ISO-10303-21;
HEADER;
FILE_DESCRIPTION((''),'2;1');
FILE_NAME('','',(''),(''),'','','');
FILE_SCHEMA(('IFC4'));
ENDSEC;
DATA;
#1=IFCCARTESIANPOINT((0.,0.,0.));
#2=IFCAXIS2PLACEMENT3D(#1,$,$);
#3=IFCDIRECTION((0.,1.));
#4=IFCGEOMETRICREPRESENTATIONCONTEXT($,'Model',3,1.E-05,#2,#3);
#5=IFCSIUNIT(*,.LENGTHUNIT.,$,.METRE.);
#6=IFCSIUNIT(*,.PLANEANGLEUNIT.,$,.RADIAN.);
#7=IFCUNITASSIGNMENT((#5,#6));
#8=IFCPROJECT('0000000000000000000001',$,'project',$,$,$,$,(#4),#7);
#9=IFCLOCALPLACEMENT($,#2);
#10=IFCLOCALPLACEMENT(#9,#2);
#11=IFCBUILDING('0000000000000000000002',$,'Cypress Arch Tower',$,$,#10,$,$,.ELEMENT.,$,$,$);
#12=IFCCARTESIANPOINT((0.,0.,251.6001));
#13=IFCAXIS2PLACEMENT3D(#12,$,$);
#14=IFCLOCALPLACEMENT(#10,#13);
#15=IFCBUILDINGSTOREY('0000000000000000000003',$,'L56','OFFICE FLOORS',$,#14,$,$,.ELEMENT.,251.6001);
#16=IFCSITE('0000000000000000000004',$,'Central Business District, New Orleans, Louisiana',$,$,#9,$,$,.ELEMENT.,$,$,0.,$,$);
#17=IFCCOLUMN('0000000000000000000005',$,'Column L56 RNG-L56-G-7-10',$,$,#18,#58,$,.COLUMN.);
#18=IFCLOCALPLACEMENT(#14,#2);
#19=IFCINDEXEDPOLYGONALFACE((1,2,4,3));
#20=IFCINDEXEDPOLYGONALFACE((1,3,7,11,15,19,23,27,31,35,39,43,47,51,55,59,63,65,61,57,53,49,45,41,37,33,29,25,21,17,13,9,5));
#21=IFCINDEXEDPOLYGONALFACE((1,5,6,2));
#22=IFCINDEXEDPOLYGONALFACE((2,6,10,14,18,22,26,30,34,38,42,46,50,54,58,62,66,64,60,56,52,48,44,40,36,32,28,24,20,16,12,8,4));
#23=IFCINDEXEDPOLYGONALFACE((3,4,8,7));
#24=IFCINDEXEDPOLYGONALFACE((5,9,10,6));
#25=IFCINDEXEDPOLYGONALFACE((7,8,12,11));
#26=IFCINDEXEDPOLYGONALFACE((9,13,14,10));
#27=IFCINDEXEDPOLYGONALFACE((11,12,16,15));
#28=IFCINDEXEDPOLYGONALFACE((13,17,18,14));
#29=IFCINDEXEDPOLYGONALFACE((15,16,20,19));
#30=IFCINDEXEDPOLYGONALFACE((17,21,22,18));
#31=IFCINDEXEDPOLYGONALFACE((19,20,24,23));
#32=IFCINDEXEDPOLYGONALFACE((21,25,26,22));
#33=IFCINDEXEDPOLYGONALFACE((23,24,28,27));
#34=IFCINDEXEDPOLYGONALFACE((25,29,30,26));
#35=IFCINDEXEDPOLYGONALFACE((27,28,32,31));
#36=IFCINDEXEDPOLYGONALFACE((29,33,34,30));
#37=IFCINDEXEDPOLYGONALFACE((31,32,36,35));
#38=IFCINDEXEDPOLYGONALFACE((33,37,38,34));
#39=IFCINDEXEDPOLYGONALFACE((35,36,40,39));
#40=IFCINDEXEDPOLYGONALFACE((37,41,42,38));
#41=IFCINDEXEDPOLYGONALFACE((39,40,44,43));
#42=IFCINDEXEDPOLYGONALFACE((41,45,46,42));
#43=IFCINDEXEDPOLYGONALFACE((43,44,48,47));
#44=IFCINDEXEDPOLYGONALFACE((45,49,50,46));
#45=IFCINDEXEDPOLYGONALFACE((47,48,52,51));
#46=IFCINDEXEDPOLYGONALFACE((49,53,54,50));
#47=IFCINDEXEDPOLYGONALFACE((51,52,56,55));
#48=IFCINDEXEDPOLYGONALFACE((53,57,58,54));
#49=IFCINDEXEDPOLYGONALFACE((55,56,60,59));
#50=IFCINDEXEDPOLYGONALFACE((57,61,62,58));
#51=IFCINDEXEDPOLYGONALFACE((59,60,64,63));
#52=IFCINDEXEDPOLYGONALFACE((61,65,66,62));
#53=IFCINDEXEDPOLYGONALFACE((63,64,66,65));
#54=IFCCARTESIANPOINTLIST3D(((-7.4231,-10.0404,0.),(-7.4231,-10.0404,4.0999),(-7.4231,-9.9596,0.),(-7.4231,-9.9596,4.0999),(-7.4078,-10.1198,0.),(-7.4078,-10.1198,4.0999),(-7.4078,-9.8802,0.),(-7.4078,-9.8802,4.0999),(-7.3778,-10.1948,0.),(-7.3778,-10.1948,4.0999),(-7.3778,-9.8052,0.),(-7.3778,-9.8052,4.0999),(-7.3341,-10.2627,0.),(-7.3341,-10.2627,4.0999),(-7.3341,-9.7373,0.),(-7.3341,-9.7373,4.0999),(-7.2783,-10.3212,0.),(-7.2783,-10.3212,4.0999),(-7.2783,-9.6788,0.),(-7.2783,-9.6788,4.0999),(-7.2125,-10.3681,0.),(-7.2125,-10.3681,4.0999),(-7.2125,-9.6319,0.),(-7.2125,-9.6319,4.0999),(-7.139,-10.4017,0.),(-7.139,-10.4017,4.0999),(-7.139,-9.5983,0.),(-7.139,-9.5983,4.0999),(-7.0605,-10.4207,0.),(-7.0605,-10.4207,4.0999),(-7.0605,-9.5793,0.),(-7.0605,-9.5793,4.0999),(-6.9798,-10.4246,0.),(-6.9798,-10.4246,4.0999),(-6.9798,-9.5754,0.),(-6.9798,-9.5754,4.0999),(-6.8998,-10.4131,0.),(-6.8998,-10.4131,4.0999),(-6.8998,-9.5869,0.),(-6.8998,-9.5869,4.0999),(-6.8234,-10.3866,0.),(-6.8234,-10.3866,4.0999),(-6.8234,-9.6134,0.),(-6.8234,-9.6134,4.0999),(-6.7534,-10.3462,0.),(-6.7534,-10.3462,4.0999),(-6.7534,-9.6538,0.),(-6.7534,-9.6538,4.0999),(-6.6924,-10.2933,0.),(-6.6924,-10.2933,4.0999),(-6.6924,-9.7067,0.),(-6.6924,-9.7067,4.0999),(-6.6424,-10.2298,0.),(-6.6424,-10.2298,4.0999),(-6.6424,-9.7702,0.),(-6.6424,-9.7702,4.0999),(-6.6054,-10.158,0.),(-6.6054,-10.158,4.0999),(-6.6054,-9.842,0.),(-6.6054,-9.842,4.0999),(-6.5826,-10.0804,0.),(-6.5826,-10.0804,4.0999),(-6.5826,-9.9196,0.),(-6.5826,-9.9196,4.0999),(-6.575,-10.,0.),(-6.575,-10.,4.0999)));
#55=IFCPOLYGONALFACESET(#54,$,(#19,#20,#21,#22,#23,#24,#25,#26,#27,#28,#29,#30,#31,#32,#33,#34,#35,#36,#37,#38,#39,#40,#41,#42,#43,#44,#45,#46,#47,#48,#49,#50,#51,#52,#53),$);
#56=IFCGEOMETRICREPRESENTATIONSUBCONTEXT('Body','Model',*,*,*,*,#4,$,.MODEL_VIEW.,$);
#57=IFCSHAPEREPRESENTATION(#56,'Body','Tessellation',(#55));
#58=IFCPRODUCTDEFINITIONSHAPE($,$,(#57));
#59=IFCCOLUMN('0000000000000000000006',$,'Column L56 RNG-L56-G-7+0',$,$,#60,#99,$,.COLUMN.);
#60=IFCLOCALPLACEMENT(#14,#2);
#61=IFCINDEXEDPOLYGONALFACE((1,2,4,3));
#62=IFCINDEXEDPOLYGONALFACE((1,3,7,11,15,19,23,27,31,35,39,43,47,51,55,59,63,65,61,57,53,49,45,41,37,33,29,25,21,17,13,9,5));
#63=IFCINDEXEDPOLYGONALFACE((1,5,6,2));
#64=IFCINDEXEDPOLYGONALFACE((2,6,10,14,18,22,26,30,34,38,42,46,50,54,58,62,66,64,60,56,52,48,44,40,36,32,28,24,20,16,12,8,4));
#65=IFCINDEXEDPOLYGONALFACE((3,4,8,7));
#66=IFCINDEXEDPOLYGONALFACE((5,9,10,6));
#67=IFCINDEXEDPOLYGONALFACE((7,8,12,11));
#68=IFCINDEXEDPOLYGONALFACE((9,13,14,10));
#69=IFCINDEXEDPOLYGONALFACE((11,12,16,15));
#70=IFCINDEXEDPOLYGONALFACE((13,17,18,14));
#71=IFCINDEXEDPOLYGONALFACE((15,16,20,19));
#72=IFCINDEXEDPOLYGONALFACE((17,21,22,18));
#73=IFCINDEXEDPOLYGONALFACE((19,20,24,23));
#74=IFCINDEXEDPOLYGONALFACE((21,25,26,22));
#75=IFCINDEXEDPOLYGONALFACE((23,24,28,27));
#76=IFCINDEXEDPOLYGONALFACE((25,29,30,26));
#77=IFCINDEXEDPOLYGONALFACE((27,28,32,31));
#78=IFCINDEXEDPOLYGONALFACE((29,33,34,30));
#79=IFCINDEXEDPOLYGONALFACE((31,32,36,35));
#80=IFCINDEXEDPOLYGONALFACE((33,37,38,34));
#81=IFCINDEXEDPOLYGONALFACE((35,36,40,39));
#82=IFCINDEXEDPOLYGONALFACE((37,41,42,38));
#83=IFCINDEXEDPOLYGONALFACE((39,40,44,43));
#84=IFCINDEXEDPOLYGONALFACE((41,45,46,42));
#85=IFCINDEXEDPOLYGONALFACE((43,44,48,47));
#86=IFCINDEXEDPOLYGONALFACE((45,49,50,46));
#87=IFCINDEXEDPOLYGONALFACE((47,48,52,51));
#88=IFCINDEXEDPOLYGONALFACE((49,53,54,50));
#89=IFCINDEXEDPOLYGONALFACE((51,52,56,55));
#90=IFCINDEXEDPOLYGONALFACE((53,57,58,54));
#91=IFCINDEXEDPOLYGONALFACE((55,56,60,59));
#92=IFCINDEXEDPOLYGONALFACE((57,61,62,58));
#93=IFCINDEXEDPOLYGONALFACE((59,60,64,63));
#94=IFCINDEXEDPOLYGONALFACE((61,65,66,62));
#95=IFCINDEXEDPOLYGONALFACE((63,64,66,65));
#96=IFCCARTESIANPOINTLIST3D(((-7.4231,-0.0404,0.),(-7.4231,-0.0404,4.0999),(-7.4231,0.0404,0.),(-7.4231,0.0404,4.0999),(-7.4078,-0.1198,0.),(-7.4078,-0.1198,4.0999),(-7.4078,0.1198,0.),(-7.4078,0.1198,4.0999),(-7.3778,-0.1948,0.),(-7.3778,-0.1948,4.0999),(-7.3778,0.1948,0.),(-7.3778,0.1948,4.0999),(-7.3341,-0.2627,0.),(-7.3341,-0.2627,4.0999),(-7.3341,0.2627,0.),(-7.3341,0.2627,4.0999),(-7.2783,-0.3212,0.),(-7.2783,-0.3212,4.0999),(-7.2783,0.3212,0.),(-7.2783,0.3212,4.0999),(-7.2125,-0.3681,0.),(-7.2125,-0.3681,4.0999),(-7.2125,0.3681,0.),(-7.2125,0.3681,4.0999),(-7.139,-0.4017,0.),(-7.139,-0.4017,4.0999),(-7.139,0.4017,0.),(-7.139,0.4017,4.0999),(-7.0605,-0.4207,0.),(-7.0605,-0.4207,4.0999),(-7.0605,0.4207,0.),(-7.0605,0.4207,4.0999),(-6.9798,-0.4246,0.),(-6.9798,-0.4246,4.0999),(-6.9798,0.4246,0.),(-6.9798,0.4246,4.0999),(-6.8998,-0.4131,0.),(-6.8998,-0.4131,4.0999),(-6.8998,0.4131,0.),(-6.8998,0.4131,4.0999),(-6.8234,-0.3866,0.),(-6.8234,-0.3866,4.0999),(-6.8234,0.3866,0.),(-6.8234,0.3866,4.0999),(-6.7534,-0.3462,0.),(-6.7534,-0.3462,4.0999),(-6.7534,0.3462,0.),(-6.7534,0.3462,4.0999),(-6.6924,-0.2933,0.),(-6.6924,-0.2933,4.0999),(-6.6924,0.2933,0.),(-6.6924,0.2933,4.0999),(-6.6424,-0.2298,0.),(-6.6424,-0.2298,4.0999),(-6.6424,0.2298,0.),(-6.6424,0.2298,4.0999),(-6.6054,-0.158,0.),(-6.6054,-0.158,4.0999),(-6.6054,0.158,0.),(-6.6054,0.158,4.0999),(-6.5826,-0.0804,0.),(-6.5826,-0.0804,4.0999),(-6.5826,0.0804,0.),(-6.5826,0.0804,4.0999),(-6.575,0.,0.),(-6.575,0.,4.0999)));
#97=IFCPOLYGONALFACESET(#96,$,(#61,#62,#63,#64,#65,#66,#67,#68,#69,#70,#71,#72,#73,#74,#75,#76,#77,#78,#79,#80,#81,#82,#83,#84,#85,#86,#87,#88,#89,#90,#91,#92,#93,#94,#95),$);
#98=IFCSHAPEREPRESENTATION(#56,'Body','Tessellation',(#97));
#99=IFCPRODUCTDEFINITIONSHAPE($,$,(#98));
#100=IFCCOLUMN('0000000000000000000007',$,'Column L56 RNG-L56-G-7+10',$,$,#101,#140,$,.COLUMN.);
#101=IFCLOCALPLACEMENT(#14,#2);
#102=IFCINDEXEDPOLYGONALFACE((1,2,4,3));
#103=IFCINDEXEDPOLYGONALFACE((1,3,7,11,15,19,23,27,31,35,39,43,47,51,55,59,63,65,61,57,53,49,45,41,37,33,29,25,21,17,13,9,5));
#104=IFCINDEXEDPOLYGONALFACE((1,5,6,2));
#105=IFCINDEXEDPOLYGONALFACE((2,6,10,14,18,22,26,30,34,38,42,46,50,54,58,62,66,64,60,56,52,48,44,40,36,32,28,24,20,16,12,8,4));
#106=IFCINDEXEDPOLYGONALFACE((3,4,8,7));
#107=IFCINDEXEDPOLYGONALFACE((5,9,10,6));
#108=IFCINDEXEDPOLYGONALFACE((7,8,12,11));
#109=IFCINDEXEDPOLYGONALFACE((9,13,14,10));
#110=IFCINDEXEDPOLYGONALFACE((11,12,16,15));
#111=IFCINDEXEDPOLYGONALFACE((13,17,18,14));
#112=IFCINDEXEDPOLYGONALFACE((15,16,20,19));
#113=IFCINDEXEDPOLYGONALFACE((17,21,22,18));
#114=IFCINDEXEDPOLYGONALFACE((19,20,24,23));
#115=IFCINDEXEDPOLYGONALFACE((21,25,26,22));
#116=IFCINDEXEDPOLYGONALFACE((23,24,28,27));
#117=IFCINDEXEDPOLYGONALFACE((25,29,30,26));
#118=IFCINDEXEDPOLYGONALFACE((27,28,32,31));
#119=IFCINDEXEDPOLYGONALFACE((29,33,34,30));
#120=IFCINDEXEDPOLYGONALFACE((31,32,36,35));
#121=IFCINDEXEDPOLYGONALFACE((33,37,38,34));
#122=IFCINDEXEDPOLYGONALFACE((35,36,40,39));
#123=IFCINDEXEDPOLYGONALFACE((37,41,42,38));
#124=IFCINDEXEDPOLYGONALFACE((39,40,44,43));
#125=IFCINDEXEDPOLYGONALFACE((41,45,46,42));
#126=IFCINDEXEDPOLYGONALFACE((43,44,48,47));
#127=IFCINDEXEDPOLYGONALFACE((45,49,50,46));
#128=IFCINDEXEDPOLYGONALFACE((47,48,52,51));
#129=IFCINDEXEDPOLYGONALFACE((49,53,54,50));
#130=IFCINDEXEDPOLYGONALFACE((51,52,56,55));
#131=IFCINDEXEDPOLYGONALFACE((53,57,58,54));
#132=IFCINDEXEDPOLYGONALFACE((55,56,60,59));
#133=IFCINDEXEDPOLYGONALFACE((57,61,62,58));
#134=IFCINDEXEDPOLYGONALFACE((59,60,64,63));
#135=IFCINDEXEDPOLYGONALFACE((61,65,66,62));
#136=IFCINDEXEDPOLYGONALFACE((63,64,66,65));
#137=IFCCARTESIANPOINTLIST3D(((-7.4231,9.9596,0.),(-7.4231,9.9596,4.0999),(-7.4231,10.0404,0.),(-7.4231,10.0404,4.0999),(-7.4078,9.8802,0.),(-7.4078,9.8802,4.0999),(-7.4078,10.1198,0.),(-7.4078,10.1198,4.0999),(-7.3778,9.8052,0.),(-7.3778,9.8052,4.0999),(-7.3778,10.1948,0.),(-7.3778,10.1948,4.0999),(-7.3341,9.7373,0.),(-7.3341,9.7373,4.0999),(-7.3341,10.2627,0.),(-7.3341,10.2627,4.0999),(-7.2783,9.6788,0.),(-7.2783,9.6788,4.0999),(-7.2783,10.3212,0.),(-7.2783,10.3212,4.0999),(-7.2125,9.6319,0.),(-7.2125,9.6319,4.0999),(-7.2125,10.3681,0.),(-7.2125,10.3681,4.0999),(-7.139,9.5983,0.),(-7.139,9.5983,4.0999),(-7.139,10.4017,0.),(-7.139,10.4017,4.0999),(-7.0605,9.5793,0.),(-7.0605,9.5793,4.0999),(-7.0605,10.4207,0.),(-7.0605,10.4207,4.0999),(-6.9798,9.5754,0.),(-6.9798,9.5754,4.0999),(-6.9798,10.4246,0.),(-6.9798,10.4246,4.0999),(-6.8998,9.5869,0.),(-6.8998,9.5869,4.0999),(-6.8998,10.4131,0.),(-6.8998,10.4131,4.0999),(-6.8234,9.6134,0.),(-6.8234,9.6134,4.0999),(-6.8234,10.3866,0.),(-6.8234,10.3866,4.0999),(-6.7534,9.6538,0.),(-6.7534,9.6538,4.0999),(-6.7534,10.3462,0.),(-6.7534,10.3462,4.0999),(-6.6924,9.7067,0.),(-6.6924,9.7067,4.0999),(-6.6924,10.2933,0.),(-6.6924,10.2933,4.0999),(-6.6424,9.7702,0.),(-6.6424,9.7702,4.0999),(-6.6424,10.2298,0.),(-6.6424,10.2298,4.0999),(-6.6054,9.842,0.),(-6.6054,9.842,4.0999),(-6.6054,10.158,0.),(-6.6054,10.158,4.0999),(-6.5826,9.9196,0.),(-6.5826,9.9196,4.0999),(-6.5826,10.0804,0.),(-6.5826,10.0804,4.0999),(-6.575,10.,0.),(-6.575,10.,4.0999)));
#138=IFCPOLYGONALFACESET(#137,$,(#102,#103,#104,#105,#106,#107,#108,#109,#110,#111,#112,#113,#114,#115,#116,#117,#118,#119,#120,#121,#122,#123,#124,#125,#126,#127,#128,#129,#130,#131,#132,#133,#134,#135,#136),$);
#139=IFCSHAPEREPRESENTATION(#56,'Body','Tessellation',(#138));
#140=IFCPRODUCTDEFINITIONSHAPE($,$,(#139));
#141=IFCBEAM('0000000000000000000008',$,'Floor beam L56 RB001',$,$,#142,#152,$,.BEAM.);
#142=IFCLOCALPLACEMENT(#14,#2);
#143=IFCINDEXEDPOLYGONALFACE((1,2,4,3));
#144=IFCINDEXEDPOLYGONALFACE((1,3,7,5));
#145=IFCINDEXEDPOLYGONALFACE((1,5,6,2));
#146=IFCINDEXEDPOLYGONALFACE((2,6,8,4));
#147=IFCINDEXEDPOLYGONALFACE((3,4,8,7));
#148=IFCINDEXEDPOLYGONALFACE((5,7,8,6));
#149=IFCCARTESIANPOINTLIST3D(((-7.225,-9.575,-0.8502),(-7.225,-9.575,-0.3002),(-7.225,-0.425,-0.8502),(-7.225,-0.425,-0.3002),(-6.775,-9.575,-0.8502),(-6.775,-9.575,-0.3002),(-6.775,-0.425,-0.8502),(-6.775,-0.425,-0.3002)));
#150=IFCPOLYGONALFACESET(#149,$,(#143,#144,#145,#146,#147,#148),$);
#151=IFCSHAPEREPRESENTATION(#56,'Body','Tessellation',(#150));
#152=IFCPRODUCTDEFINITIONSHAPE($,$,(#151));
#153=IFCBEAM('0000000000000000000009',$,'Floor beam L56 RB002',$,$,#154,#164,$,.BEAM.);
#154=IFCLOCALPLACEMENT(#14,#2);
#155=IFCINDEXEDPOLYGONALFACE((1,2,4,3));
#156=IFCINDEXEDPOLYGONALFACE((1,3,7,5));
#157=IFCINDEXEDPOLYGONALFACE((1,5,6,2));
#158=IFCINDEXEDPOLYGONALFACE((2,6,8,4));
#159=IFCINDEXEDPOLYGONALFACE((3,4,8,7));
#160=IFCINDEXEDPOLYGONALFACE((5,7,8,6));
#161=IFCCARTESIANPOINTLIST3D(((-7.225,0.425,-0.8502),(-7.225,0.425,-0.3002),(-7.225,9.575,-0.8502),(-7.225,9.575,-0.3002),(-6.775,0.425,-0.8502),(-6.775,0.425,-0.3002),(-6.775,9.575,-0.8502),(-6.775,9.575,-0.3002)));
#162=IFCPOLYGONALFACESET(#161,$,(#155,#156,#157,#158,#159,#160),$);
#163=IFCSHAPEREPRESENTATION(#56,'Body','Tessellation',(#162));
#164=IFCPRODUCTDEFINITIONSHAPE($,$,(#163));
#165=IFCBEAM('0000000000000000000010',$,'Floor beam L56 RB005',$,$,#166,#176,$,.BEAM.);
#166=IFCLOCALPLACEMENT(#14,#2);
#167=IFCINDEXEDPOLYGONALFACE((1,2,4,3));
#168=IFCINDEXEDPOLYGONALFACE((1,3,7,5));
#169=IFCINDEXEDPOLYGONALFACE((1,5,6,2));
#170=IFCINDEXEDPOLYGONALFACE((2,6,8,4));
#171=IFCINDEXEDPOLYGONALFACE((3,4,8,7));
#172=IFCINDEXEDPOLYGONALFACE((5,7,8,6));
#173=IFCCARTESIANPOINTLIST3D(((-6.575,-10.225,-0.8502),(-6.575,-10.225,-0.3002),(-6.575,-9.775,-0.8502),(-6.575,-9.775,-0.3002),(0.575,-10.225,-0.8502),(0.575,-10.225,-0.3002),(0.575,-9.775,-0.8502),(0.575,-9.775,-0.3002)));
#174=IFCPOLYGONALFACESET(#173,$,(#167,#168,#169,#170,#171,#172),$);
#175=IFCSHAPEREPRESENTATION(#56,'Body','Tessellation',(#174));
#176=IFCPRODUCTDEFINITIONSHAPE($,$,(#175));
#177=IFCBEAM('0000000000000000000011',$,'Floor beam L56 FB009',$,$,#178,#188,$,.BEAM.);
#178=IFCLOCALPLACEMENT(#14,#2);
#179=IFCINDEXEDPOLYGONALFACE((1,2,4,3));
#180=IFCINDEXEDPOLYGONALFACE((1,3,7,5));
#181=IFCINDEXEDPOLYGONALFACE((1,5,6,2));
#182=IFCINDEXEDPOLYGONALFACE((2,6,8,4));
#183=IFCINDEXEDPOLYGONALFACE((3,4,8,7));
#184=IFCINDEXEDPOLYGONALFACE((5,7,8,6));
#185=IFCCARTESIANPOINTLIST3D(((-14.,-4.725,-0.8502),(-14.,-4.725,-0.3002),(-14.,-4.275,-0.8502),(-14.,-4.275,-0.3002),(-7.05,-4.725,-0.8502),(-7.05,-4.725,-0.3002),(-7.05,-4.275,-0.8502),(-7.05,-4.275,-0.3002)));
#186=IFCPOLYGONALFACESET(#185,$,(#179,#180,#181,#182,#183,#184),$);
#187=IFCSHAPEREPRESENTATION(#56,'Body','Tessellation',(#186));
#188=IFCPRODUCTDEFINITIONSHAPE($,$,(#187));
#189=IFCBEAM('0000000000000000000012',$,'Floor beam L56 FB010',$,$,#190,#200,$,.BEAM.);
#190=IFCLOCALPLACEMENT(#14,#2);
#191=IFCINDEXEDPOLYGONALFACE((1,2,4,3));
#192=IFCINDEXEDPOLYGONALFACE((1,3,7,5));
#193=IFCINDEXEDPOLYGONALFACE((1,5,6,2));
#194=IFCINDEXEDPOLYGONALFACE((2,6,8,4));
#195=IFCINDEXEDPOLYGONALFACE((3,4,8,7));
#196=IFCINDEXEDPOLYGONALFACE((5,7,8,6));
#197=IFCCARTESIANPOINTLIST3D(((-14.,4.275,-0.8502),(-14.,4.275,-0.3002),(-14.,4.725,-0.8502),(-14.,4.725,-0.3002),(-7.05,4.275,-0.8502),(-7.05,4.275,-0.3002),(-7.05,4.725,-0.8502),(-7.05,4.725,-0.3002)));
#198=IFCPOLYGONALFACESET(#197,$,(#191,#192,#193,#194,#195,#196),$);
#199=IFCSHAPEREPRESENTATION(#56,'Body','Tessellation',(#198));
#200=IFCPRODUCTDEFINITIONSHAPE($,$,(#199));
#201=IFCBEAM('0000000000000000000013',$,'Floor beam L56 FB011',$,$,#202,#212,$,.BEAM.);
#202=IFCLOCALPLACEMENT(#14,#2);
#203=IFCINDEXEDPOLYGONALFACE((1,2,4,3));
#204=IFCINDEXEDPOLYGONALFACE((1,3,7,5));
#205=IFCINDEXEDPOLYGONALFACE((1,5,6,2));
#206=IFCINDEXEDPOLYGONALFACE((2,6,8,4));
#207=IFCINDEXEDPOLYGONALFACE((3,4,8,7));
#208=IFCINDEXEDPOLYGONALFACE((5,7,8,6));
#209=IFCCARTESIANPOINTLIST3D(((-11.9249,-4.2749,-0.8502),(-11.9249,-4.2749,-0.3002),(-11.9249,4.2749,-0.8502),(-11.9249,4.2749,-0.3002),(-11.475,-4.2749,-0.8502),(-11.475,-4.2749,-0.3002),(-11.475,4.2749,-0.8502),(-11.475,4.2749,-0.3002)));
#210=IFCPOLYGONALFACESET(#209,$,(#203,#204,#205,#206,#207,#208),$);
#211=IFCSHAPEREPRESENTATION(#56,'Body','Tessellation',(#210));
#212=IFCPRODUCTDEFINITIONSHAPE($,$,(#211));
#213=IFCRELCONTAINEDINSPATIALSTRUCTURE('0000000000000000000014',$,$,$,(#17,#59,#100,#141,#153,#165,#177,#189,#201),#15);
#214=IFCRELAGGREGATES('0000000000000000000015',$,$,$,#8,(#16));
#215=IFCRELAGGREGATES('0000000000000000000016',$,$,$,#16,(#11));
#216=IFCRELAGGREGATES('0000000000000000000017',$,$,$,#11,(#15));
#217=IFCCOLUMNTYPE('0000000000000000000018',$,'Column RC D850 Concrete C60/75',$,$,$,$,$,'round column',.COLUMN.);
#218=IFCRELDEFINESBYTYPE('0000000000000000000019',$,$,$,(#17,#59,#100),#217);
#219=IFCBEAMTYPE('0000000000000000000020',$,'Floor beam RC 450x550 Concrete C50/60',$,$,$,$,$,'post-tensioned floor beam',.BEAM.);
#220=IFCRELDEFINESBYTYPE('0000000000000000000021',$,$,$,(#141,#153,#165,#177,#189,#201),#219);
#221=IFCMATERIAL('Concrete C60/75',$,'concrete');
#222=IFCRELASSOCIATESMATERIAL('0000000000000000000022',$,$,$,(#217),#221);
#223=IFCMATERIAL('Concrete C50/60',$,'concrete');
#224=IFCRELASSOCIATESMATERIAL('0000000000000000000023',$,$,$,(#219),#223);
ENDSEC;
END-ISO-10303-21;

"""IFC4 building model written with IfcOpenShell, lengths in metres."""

from ifc_helpers import new_model, si_unit, direction, frame, origin, origin_2d, place, context, subcontext, project, spatial, rectangle, circle, extrude, material, material_profile, profile_set, type_object, element, save


model = new_model("IFC4")

# Units and contexts
model_context = context("Model", 3, precision=1e-05, world=origin(), true_north=direction((0.0, 1.0)))
body_context = subcontext(model_context, "Body", "Model", "MODEL_VIEW")
ifc_project = project(units=[si_unit("LENGTHUNIT", "METRE"), si_unit("PLANEANGLEUNIT", "RADIAN")], contexts=[model_context])

# Site, building, storey
site_placement = place(None, origin())
site = spatial("IfcSite", under=ifc_project, at=site_placement, Name="Central Business District, New Orleans, Louisiana", CompositionType="ELEMENT", RefElevation=0.0)
building_placement = place(site_placement, origin())
building = spatial("IfcBuilding", under=site, at=building_placement, Name="Cypress Arch Tower", CompositionType="ELEMENT")
storey_placement = place(building_placement, frame((0.0, 0.0, 251.6001)))
storey = spatial("IfcBuildingStorey", under=building, at=storey_placement, Name="L56", Description="OFFICE FLOORS", CompositionType="ELEMENT", Elevation=251.6001)

# Columns
ifc_material_1 = material(Name="Concrete C60/75", Category="concrete")
ifc_material_profile_1 = material_profile(ifc_material_1, circle(Radius=0.425, at=origin_2d()), Name="RC D850")
ifc_profile_set_1 = profile_set([ifc_material_profile_1], Name="Concrete C60/75")
column_type = type_object("IfcColumnType", Name="Column RC D850 Concrete C60/75", ElementType="round column", PredefinedType="COLUMN", material=ifc_profile_set_1)
for number, where, z_axis, x_axis, name in (
    (1, (-7.0, -10.0, 0.0), (0.0, 0.0, 1.0), (1.0, 0.0, 0.0), "Column L56 RNG-L56-G-7-10"),
    (2, (-7.0, 0.0, 0.0), (0.0, 0.0, 1.0), (1.0, 0.0, 0.0), "Column L56 RNG-L56-G-7+0"),
    (3, (-7.0, 10.0, 0.0), (0.0, 0.0, 1.0), (1.0, 0.0, 0.0), "Column L56 RNG-L56-G-7+10"),
):
    element("IfcColumn", number, at=place(storey_placement, frame(where, z_axis=z_axis, x_axis=x_axis)), inside=storey, type_object=column_type, Name=name, PredefinedType="COLUMN", context=body_context, shape_type="SweptSolid", body=[
        extrude(circle(Radius=0.425, at=origin_2d()), origin(), (0.0, 0.0, 1.0), 4.0999),
    ])

# Beams
ifc_material_2 = material(Name="Concrete C50/60", Category="concrete")
ifc_material_profile_2 = material_profile(ifc_material_2, rectangle(XDim=0.45, YDim=0.55, at=origin_2d()), Name="RC 450x550")
ifc_profile_set_2 = profile_set([ifc_material_profile_2], Name="Concrete C50/60")
beam_type = type_object("IfcBeamType", Name="Floor beam RC 450x550 Concrete C50/60", ElementType="post-tensioned floor beam", PredefinedType="BEAM", material=ifc_profile_set_2)
for number, where, z_axis, x_axis, name in (
    (4, (-7.0, -9.575, -0.5752), (0.0, 1.0, 0.0), (-1.0, 0.0, 0.0), "Floor beam L56 RB001"),
    (5, (-7.0, 0.425, -0.5752), (0.0, 1.0, 0.0), (-1.0, 0.0, 0.0), "Floor beam L56 RB002"),
):
    element("IfcBeam", number, at=place(storey_placement, frame(where, z_axis=z_axis, x_axis=x_axis)), inside=storey, type_object=beam_type, Name=name, PredefinedType="BEAM", context=body_context, shape_type="SweptSolid", body=[
        extrude(rectangle(XDim=0.45, YDim=0.55, at=origin_2d()), origin(), (0.0, 0.0, 1.0), 9.1499),
    ])
beam_1_placement = place(storey_placement, frame((-6.575, -10.0, -0.5752), z_axis=(1.0, 0.0, 0.0), x_axis=(0.0, 1.0, 0.0)))
element("IfcBeam", 6, at=beam_1_placement, inside=storey, type_object=beam_type, Name="Floor beam L56 RB005", PredefinedType="BEAM", context=body_context, shape_type="SweptSolid", body=[
    extrude(rectangle(XDim=0.45, YDim=0.55, at=origin_2d()), origin(), (0.0, 0.0, 1.0), 7.1499),
])
for number, where, z_axis, x_axis, name in (
    (7, (-14.0, -4.5, -0.5752), (1.0, 0.0, 0.0), (0.0, 1.0, 0.0), "Floor beam L56 FB009"),
    (8, (-14.0, 4.5, -0.5752), (1.0, 0.0, 0.0), (0.0, 1.0, 0.0), "Floor beam L56 FB010"),
):
    element("IfcBeam", number, at=place(storey_placement, frame(where, z_axis=z_axis, x_axis=x_axis)), inside=storey, type_object=beam_type, Name=name, PredefinedType="BEAM", context=body_context, shape_type="SweptSolid", body=[
        extrude(rectangle(XDim=0.45, YDim=0.55, at=origin_2d()), origin(), (0.0, 0.0, 1.0), 6.95),
    ])
beam_2_placement = place(storey_placement, frame((-11.7, -4.2749, -0.5752), z_axis=(0.0, 1.0, 0.0), x_axis=(-1.0, 0.0, 0.0)))
element("IfcBeam", 9, at=beam_2_placement, inside=storey, type_object=beam_type, Name="Floor beam L56 FB011", PredefinedType="BEAM", context=body_context, shape_type="SweptSolid", body=[
    extrude(rectangle(XDim=0.45, YDim=0.55, at=origin_2d()), origin(), (0.0, 0.0, 1.0), 8.5498),
])

save(model, "model.ifc")
